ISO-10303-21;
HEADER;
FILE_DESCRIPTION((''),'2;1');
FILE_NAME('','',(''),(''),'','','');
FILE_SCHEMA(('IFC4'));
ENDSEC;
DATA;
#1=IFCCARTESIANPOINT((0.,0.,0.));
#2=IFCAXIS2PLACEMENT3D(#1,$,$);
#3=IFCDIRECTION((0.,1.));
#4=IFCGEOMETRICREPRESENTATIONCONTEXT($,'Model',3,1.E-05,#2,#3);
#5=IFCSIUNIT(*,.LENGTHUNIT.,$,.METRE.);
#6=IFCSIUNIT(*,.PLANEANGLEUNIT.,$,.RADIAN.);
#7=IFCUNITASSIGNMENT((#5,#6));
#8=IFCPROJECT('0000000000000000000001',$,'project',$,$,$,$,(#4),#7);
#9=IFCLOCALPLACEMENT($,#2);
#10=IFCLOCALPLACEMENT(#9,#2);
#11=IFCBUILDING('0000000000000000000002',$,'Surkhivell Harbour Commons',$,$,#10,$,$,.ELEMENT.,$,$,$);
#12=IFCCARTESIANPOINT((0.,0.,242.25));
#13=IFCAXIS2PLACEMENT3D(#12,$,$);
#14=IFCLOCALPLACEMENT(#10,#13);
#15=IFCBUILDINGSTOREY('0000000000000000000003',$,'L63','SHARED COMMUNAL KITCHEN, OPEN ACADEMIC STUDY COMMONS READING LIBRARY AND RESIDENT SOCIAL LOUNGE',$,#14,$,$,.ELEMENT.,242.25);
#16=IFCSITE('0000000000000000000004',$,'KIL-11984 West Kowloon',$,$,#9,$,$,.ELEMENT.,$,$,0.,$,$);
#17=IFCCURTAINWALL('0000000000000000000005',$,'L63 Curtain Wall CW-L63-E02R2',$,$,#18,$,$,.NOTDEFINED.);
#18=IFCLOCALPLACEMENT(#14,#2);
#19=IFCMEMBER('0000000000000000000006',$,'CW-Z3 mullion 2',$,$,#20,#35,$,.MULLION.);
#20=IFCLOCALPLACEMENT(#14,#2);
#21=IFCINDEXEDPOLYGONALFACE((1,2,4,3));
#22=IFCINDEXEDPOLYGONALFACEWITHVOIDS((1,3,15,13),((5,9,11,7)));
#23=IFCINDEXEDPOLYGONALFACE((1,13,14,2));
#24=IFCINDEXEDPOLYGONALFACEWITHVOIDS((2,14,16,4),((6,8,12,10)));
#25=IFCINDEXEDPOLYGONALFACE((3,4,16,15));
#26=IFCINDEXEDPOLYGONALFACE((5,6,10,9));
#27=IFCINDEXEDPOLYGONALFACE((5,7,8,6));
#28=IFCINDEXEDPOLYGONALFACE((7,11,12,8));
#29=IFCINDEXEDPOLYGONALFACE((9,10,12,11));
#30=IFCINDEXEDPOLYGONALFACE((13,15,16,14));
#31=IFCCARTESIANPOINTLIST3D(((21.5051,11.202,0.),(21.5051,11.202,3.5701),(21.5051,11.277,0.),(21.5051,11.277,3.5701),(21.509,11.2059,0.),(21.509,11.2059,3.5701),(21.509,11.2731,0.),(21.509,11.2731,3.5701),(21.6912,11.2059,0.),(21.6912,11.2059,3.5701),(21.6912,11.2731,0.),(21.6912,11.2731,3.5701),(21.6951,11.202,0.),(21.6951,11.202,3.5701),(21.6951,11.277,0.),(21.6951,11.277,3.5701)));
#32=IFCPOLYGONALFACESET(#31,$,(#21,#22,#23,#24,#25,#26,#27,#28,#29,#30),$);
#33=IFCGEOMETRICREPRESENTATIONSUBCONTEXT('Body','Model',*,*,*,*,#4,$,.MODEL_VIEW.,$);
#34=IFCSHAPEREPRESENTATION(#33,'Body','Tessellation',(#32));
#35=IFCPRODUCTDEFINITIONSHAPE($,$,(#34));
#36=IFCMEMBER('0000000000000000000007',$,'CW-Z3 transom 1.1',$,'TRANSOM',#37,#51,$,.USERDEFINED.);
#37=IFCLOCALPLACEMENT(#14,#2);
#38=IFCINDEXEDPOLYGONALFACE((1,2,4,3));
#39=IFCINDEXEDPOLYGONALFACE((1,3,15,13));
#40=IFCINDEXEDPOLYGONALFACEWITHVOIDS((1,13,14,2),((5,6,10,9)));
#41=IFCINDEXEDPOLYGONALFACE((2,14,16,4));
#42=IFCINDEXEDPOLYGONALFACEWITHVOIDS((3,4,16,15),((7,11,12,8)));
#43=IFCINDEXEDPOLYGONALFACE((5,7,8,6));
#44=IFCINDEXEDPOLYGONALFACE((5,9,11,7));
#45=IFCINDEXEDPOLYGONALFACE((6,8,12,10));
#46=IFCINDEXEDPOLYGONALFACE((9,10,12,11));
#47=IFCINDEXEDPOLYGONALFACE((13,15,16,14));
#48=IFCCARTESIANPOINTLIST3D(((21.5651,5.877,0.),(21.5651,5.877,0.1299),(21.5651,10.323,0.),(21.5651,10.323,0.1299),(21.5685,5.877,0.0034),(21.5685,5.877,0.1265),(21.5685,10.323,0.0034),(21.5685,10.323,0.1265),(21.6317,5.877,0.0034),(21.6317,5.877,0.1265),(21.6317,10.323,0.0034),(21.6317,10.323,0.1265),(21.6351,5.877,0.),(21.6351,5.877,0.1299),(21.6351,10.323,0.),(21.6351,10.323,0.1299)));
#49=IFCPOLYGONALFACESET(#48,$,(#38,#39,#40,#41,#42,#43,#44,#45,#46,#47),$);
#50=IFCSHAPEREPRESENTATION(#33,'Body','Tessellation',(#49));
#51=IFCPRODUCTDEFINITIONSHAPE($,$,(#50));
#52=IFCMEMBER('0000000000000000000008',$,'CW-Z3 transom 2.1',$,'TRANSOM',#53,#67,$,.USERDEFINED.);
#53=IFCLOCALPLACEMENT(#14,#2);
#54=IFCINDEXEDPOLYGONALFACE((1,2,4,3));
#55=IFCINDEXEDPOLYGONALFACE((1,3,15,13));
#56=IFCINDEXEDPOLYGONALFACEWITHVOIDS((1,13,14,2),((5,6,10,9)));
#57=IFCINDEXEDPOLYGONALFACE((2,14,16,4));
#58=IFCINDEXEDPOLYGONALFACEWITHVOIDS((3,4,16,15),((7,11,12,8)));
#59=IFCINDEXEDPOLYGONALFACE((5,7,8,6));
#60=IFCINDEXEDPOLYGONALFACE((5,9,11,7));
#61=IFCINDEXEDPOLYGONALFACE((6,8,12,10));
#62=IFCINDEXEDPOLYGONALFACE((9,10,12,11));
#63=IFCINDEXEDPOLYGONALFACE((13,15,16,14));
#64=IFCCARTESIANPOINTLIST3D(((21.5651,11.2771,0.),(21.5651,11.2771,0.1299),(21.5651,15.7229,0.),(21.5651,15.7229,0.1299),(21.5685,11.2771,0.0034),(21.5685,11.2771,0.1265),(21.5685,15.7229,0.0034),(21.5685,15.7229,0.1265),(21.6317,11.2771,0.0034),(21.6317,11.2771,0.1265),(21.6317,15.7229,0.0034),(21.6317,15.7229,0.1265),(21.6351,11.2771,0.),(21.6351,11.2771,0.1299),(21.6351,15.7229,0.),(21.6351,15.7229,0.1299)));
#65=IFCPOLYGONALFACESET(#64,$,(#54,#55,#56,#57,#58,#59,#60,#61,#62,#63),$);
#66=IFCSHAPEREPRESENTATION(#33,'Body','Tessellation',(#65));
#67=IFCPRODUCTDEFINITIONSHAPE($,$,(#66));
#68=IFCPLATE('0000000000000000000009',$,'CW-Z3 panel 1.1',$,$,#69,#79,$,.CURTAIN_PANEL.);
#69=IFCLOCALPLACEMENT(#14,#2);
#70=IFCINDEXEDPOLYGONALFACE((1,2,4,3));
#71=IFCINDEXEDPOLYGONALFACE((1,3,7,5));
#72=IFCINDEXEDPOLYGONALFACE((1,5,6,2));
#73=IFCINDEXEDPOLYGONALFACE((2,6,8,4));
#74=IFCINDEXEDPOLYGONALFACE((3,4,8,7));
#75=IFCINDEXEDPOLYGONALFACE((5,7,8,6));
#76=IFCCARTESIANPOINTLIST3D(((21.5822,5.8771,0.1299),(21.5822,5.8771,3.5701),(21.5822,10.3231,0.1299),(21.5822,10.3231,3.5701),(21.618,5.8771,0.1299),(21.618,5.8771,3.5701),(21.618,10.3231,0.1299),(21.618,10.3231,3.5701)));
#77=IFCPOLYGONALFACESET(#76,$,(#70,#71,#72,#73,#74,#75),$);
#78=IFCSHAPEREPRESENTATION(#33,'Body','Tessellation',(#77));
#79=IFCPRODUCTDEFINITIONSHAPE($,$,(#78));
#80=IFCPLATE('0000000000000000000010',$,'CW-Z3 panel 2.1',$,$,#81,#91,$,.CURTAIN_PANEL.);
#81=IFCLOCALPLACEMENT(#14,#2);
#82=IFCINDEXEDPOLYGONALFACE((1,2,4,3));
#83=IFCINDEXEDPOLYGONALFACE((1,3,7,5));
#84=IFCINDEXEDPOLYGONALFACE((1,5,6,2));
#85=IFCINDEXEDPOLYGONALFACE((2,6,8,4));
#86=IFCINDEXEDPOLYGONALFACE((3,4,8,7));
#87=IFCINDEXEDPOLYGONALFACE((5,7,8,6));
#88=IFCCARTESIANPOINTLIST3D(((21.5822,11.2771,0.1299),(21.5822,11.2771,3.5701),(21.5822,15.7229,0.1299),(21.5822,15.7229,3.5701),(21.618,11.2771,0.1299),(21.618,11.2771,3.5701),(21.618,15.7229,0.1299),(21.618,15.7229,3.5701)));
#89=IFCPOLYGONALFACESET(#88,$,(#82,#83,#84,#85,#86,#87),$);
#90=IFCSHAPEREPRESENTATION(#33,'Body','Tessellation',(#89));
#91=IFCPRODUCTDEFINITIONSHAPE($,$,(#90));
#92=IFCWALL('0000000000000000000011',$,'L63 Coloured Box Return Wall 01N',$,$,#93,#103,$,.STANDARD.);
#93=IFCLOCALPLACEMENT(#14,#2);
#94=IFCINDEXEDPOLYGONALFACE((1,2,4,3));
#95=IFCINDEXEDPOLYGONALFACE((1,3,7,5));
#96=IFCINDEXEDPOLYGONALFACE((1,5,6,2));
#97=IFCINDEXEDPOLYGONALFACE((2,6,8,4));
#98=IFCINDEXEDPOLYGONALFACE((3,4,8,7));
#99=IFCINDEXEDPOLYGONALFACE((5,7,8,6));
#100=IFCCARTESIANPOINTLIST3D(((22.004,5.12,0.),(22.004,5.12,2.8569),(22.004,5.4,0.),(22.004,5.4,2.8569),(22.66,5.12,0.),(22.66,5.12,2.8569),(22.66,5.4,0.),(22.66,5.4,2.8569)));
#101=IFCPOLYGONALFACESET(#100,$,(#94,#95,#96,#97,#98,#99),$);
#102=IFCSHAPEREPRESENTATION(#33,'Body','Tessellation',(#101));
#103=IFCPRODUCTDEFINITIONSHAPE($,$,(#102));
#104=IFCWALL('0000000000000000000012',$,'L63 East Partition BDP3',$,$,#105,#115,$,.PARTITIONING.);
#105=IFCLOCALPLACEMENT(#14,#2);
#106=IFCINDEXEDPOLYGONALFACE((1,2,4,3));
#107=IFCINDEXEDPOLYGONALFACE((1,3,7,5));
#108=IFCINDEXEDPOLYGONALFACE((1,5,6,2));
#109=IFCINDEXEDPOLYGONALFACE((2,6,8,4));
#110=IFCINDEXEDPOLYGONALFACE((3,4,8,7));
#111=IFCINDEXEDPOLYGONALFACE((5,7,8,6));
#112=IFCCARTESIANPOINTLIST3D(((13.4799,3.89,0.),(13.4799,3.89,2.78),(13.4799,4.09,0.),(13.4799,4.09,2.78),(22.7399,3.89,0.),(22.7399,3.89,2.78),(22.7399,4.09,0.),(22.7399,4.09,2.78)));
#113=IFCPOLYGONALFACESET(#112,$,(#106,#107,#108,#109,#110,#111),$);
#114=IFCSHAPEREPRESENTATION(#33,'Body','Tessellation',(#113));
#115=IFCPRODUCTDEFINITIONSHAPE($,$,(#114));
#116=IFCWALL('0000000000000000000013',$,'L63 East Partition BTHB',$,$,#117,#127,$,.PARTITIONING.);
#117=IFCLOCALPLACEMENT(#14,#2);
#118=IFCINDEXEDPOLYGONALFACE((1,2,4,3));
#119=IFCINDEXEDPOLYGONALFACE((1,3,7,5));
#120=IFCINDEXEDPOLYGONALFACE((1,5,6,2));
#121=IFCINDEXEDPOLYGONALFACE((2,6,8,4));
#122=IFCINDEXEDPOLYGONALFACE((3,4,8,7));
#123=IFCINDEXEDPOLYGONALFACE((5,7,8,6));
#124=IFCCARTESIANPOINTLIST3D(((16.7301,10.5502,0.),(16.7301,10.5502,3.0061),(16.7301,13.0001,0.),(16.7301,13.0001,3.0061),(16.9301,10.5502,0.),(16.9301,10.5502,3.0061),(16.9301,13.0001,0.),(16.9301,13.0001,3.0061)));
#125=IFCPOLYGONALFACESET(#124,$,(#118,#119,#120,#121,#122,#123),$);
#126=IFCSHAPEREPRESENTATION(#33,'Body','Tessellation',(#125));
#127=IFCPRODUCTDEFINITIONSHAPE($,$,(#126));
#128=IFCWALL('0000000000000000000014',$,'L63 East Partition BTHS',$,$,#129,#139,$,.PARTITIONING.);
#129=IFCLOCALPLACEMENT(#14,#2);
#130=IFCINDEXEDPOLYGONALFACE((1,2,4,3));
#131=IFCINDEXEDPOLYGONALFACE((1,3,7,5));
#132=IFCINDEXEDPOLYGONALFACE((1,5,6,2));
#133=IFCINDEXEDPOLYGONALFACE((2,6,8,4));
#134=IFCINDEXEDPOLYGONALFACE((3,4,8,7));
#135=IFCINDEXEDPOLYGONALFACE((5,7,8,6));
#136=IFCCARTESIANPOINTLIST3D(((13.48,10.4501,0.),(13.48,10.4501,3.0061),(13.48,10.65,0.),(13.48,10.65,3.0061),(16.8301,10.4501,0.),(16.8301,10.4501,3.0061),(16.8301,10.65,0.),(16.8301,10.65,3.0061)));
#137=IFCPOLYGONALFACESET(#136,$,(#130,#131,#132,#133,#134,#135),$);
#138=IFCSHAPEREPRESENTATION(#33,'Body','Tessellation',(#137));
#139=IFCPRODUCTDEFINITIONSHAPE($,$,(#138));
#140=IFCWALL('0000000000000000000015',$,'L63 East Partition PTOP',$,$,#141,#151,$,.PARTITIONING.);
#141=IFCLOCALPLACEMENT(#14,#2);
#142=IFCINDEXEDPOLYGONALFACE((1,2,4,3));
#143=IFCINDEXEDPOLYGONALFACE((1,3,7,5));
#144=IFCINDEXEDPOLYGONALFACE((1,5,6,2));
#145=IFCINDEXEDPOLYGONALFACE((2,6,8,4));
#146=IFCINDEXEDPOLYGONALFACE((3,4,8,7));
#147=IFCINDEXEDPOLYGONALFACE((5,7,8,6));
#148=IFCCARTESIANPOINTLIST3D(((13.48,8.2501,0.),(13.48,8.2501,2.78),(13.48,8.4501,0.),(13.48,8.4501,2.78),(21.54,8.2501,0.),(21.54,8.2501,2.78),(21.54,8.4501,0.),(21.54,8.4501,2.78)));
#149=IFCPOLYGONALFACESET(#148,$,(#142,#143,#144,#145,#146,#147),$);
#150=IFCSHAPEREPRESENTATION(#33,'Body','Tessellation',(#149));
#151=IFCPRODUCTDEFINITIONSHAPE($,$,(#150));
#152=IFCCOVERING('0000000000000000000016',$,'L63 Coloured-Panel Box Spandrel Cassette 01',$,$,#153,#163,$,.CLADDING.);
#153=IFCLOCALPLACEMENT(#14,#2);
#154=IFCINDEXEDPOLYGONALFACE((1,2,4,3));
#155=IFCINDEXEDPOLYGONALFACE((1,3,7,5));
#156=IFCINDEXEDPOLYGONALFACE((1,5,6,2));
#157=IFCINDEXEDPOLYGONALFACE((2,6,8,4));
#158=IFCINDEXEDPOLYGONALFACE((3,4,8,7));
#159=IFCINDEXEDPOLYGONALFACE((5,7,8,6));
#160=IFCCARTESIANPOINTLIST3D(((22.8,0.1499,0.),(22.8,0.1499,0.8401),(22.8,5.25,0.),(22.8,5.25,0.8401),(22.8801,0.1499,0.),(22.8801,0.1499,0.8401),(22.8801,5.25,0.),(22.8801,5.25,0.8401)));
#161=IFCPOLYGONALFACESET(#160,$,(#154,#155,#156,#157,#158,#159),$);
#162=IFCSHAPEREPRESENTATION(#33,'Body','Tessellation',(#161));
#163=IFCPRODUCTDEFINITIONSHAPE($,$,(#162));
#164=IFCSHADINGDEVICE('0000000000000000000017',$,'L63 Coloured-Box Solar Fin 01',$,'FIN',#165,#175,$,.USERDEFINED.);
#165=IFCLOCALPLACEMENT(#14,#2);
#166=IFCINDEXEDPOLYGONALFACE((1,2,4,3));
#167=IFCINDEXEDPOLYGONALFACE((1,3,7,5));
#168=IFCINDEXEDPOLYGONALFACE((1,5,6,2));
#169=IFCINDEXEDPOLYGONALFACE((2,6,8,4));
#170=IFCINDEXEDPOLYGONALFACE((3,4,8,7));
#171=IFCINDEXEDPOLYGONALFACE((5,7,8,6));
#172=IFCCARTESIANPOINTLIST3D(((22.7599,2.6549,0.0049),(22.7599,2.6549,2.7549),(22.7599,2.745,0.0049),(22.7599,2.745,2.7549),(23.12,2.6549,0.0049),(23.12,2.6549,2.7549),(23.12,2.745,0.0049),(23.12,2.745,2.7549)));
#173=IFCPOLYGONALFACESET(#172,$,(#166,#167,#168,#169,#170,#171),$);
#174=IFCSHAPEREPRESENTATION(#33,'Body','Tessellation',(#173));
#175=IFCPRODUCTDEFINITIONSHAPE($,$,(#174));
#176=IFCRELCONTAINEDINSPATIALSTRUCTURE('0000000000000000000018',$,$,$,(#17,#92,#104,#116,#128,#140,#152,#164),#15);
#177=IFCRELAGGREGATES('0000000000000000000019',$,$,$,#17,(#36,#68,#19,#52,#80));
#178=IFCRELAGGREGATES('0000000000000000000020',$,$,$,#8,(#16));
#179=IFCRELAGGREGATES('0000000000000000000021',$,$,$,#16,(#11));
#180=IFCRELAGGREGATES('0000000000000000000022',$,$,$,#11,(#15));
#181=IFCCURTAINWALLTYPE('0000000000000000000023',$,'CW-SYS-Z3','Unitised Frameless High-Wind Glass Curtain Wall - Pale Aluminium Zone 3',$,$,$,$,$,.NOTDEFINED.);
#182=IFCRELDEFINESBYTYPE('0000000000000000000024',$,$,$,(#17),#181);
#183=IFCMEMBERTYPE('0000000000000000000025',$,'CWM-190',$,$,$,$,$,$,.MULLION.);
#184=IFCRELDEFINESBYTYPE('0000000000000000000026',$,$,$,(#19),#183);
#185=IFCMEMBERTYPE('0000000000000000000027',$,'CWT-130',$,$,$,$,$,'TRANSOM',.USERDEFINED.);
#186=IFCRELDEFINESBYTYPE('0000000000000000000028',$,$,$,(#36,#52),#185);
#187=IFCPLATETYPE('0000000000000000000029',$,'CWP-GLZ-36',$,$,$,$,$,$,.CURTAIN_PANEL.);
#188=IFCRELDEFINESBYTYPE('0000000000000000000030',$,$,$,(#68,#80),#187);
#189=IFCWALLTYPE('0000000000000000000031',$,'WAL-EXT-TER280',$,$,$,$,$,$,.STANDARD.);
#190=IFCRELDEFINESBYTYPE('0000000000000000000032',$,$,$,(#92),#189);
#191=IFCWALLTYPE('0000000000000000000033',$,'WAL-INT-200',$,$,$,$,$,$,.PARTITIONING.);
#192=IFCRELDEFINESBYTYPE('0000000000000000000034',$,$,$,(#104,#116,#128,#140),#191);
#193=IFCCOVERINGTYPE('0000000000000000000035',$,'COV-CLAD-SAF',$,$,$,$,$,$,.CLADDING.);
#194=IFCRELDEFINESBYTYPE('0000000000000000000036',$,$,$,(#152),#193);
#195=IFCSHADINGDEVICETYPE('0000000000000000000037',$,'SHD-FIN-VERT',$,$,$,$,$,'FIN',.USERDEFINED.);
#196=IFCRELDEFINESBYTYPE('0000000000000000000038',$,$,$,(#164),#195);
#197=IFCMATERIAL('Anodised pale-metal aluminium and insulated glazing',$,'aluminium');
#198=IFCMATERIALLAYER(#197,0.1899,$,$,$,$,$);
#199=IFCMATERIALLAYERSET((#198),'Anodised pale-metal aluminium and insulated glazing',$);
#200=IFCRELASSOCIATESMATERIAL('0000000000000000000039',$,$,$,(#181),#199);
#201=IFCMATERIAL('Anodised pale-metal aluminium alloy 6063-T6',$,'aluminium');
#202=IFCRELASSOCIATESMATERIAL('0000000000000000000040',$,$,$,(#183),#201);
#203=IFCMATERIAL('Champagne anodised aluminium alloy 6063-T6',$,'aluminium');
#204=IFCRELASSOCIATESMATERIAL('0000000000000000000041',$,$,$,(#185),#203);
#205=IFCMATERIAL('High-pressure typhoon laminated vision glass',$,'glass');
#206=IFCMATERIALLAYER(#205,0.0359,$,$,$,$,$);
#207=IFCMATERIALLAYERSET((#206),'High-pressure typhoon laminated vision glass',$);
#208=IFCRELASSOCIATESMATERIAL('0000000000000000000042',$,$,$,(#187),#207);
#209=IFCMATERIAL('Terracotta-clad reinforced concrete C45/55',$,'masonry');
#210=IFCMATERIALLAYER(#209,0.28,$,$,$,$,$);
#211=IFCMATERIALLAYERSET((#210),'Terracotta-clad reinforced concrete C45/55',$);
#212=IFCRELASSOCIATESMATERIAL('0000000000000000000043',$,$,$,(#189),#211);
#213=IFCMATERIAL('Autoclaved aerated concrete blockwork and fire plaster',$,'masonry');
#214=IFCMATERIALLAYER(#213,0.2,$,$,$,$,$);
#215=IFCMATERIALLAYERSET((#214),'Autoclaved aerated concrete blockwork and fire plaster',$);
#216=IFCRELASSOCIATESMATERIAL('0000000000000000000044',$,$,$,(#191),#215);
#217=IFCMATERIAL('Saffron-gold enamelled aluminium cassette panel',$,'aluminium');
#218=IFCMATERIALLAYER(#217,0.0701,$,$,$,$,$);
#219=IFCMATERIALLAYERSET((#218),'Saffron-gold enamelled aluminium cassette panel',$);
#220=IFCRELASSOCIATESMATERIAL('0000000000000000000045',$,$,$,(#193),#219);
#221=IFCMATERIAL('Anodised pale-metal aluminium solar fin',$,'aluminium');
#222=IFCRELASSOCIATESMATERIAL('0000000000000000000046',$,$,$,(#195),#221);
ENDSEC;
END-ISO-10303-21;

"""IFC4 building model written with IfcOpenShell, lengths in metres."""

from ifc_helpers import new_model, si_unit, direction, frame, frame_2d, origin, origin_2d, place, context, subcontext, project, spatial, rectangle, hollow_rectangle, extrude, material, layer, layer_set, material_profile, profile_set, type_object, element, aggregate, save


model = new_model("IFC4")

# Units and contexts
model_context = context("Model", 3, precision=1e-05, world=origin(), true_north=direction((0.0, 1.0)))
body_context = subcontext(model_context, "Body", "Model", "MODEL_VIEW")
ifc_project = project(units=[si_unit("LENGTHUNIT", "METRE"), si_unit("PLANEANGLEUNIT", "RADIAN")], contexts=[model_context])

# Site, building, storey
site_placement = place(None, origin())
site = spatial("IfcSite", under=ifc_project, at=site_placement, Name="KIL-11984 West Kowloon", CompositionType="ELEMENT", RefElevation=0.0)
building_placement = place(site_placement, origin())
building = spatial("IfcBuilding", under=site, at=building_placement, Name="Surkhivell Harbour Commons", CompositionType="ELEMENT")
storey_placement = place(building_placement, frame((0.0, 0.0, 242.25)))
storey = spatial("IfcBuildingStorey", under=building, at=storey_placement, Name="L63", Description="SHARED COMMUNAL KITCHEN, OPEN ACADEMIC STUDY COMMONS READING LIBRARY AND RESIDENT SOCIAL LOUNGE", CompositionType="ELEMENT", Elevation=242.25)

# Curtain wall, members, plates
ifc_material_1 = material(Name="Anodised pale-metal aluminium and insulated glazing", Category="aluminium")
ifc_layer_1 = layer(ifc_material_1, 0.1899)
ifc_layer_set_1 = layer_set([ifc_layer_1], Name="Anodised pale-metal aluminium and insulated glazing")
curtain_wall_type = type_object("IfcCurtainWallType", Name="CW-SYS-Z3", Description="Unitised Frameless High-Wind Glass Curtain Wall - Pale Aluminium Zone 3", PredefinedType="NOTDEFINED", material=ifc_layer_set_1)
curtain_wall_placement = place(storey_placement, origin())
curtain_wall = element("IfcCurtainWall", 1, at=curtain_wall_placement, inside=storey, type_object=curtain_wall_type, Name="L63 Curtain Wall CW-L63-E02R2", PredefinedType="NOTDEFINED")
ifc_material_2 = material(Name="Anodised pale-metal aluminium alloy 6063-T6", Category="aluminium")
ifc_material_profile_1 = material_profile(ifc_material_2, hollow_rectangle(XDim=0.075, YDim=0.1899, WallThickness=0.0039, at=origin_2d()), Name="ALU-MULL-75x190")
ifc_profile_set_1 = profile_set([ifc_material_profile_1], Name="Anodised pale-metal aluminium alloy 6063-T6")
member_type_1 = type_object("IfcMemberType", Name="CWM-190", PredefinedType="MULLION", material=ifc_profile_set_1)
member_1_placement = place(storey_placement, frame((21.6001, 11.2395, 0.0), z_axis=(0.0, 0.0, 1.0), x_axis=(0.0, 1.0, 0.0)))
member_1 = element("IfcMember", 2, at=member_1_placement, type_object=member_type_1, Name="CW-Z3 mullion 2", PredefinedType="MULLION", context=body_context, shape_type="SweptSolid", body=[
    extrude(hollow_rectangle(XDim=0.075, YDim=0.1899, WallThickness=0.0039, at=origin_2d()), origin(), (0.0, 0.0, 1.0), 3.5701),
])
ifc_material_3 = material(Name="Champagne anodised aluminium alloy 6063-T6", Category="aluminium")
ifc_material_profile_2 = material_profile(ifc_material_3, hollow_rectangle(XDim=0.0701, YDim=0.1299, WallThickness=0.0034, at=origin_2d()), Name="ALU-TRAN-70x130")
ifc_profile_set_2 = profile_set([ifc_material_profile_2], Name="Champagne anodised aluminium alloy 6063-T6")
member_type_2 = type_object("IfcMemberType", Name="CWT-130", ElementType="TRANSOM", PredefinedType="USERDEFINED", material=ifc_profile_set_2)
member_2_placement = place(storey_placement, frame((21.6001, 5.877, 0.0649), z_axis=(0.0, 1.0, 0.0), x_axis=(-1.0, 0.0, 0.0)))
member_2 = element("IfcMember", 3, at=member_2_placement, type_object=member_type_2, Name="CW-Z3 transom 1.1", ObjectType="TRANSOM", PredefinedType="USERDEFINED", context=body_context, shape_type="SweptSolid", body=[
    extrude(hollow_rectangle(XDim=0.0701, YDim=0.1299, WallThickness=0.0034, at=origin_2d()), origin(), (0.0, 0.0, 1.0), 4.446),
])
member_3_placement = place(storey_placement, frame((21.6001, 11.2771, 0.0649), z_axis=(0.0, 1.0, 0.0), x_axis=(-1.0, 0.0, 0.0)))
member_3 = element("IfcMember", 4, at=member_3_placement, type_object=member_type_2, Name="CW-Z3 transom 2.1", ObjectType="TRANSOM", PredefinedType="USERDEFINED", context=body_context, shape_type="SweptSolid", body=[
    extrude(hollow_rectangle(XDim=0.0701, YDim=0.1299, WallThickness=0.0034, at=origin_2d()), origin(), (0.0, 0.0, 1.0), 4.4458),
])
ifc_material_4 = material(Name="High-pressure typhoon laminated vision glass", Category="glass")
ifc_layer_2 = layer(ifc_material_4, 0.0359)
ifc_layer_set_2 = layer_set([ifc_layer_2], Name="High-pressure typhoon laminated vision glass")
plate_type = type_object("IfcPlateType", Name="CWP-GLZ-36", PredefinedType="CURTAIN_PANEL", material=ifc_layer_set_2)
plate_1_placement = place(storey_placement, frame((21.6001, 5.877, 0.1299), z_axis=(0.0, 0.0, 1.0), x_axis=(0.0, 1.0, 0.0)))
plate_1 = element("IfcPlate", 5, at=plate_1_placement, type_object=plate_type, Name="CW-Z3 panel 1.1", PredefinedType="CURTAIN_PANEL", context=body_context, shape_type="SweptSolid", body=[
    extrude(rectangle(XDim=4.446, YDim=0.0359, at=frame_2d((2.2231, 0.0))), origin(), (0.0, 0.0, 1.0), 3.4402),
])
plate_2_placement = place(storey_placement, frame((21.6001, 11.2771, 0.1299), z_axis=(0.0, 0.0, 1.0), x_axis=(0.0, 1.0, 0.0)))
plate_2 = element("IfcPlate", 6, at=plate_2_placement, type_object=plate_type, Name="CW-Z3 panel 2.1", PredefinedType="CURTAIN_PANEL", context=body_context, shape_type="SweptSolid", body=[
    extrude(rectangle(XDim=4.4458, YDim=0.0359, at=frame_2d((2.2229, 0.0))), origin(), (0.0, 0.0, 1.0), 3.4402),
])
aggregate(curtain_wall, [member_2, plate_1, member_1, member_3, plate_2])

# Walls
ifc_material_5 = material(Name="Terracotta-clad reinforced concrete C45/55", Category="masonry")
ifc_layer_3 = layer(ifc_material_5, 0.28)
ifc_layer_set_3 = layer_set([ifc_layer_3], Name="Terracotta-clad reinforced concrete C45/55")
wall_type_1 = type_object("IfcWallType", Name="WAL-EXT-TER280", PredefinedType="STANDARD", material=ifc_layer_set_3)
wall_1_placement = place(storey_placement, frame((22.0039, 5.26, 0.0), z_axis=(0.0, 0.0, 1.0), x_axis=(1.0, 0.0, 0.0)))
element("IfcWall", 7, at=wall_1_placement, inside=storey, type_object=wall_type_1, Name="L63 Coloured Box Return Wall 01N", PredefinedType="STANDARD", context=body_context, shape_type="SweptSolid", body=[
    extrude(rectangle(XDim=0.656, YDim=0.28, at=frame_2d((0.3281, 0.0))), origin(), (0.0, 0.0, 1.0), 2.8569),
])
ifc_material_6 = material(Name="Autoclaved aerated concrete blockwork and fire plaster", Category="masonry")
ifc_layer_4 = layer(ifc_material_6, 0.2)
ifc_layer_set_4 = layer_set([ifc_layer_4], Name="Autoclaved aerated concrete blockwork and fire plaster")
wall_type_2 = type_object("IfcWallType", Name="WAL-INT-200", PredefinedType="PARTITIONING", material=ifc_layer_set_4)
wall_2_placement = place(storey_placement, frame((13.48, 3.99, 0.0), z_axis=(0.0, 0.0, 1.0), x_axis=(1.0, 0.0, 0.0)))
element("IfcWall", 8, at=wall_2_placement, inside=storey, type_object=wall_type_2, Name="L63 East Partition BDP3", PredefinedType="PARTITIONING", context=body_context, shape_type="SweptSolid", body=[
    extrude(rectangle(XDim=9.26, YDim=0.2, at=frame_2d((4.6299, 0.0))), origin(), (0.0, 0.0, 1.0), 2.78),
])
wall_3_placement = place(storey_placement, frame((16.8301, 10.55, 0.0), z_axis=(0.0, 0.0, 1.0), x_axis=(0.0, 1.0, 0.0)))
element("IfcWall", 9, at=wall_3_placement, inside=storey, type_object=wall_type_2, Name="L63 East Partition BTHB", PredefinedType="PARTITIONING", context=body_context, shape_type="SweptSolid", body=[
    extrude(rectangle(XDim=2.45, YDim=0.2, at=frame_2d((1.2251, 0.0))), origin(), (0.0, 0.0, 1.0), 3.0061),
])
wall_4_placement = place(storey_placement, frame((13.48, 10.55, 0.0), z_axis=(0.0, 0.0, 1.0), x_axis=(1.0, 0.0, 0.0)))
element("IfcWall", 10, at=wall_4_placement, inside=storey, type_object=wall_type_2, Name="L63 East Partition BTHS", PredefinedType="PARTITIONING", context=body_context, shape_type="SweptSolid", body=[
    extrude(rectangle(XDim=3.3501, YDim=0.2, at=frame_2d((1.675, 0.0))), origin(), (0.0, 0.0, 1.0), 3.0061),
])
wall_5_placement = place(storey_placement, frame((13.48, 8.3501, 0.0), z_axis=(0.0, 0.0, 1.0), x_axis=(1.0, 0.0, 0.0)))
element("IfcWall", 11, at=wall_5_placement, inside=storey, type_object=wall_type_2, Name="L63 East Partition PTOP", PredefinedType="PARTITIONING", context=body_context, shape_type="SweptSolid", body=[
    extrude(rectangle(XDim=8.0601, YDim=0.2, at=frame_2d((4.03, 0.0))), origin(), (0.0, 0.0, 1.0), 2.78),
])

# Covering
ifc_material_7 = material(Name="Saffron-gold enamelled aluminium cassette panel", Category="aluminium")
ifc_layer_5 = layer(ifc_material_7, 0.0701)
ifc_layer_set_5 = layer_set([ifc_layer_5], Name="Saffron-gold enamelled aluminium cassette panel")
covering_type = type_object("IfcCoveringType", Name="COV-CLAD-SAF", PredefinedType="CLADDING", material=ifc_layer_set_5)
covering_placement = place(storey_placement, frame((22.8401, 2.7, 0.0), z_axis=(0.0, 0.0, 1.0), x_axis=(1.0, 0.0, 0.0)))
element("IfcCovering", 12, at=covering_placement, inside=storey, type_object=covering_type, Name="L63 Coloured-Panel Box Spandrel Cassette 01", PredefinedType="CLADDING", context=body_context, shape_type="SweptSolid", body=[
    extrude(rectangle(XDim=0.0801, YDim=5.1001, at=origin_2d()), origin(), (0.0, 0.0, 1.0), 0.8401),
])

# Shading device
ifc_material_8 = material(Name="Anodised pale-metal aluminium solar fin", Category="aluminium")
shading_device_type = type_object("IfcShadingDeviceType", Name="SHD-FIN-VERT", ElementType="FIN", PredefinedType="USERDEFINED", material=ifc_material_8)
shading_device_placement = place(storey_placement, frame((22.9399, 2.7, 0.0049), z_axis=(0.0, 0.0, 1.0), x_axis=(1.0, 0.0, 0.0)))
element("IfcShadingDevice", 13, at=shading_device_placement, inside=storey, type_object=shading_device_type, Name="L63 Coloured-Box Solar Fin 01", ObjectType="FIN", PredefinedType="USERDEFINED", context=body_context, shape_type="SweptSolid", body=[
    extrude(rectangle(XDim=0.3601, YDim=0.0901, at=origin_2d()), origin(), (0.0, 0.0, 1.0), 2.75),
])

save(model, "model.ifc")
